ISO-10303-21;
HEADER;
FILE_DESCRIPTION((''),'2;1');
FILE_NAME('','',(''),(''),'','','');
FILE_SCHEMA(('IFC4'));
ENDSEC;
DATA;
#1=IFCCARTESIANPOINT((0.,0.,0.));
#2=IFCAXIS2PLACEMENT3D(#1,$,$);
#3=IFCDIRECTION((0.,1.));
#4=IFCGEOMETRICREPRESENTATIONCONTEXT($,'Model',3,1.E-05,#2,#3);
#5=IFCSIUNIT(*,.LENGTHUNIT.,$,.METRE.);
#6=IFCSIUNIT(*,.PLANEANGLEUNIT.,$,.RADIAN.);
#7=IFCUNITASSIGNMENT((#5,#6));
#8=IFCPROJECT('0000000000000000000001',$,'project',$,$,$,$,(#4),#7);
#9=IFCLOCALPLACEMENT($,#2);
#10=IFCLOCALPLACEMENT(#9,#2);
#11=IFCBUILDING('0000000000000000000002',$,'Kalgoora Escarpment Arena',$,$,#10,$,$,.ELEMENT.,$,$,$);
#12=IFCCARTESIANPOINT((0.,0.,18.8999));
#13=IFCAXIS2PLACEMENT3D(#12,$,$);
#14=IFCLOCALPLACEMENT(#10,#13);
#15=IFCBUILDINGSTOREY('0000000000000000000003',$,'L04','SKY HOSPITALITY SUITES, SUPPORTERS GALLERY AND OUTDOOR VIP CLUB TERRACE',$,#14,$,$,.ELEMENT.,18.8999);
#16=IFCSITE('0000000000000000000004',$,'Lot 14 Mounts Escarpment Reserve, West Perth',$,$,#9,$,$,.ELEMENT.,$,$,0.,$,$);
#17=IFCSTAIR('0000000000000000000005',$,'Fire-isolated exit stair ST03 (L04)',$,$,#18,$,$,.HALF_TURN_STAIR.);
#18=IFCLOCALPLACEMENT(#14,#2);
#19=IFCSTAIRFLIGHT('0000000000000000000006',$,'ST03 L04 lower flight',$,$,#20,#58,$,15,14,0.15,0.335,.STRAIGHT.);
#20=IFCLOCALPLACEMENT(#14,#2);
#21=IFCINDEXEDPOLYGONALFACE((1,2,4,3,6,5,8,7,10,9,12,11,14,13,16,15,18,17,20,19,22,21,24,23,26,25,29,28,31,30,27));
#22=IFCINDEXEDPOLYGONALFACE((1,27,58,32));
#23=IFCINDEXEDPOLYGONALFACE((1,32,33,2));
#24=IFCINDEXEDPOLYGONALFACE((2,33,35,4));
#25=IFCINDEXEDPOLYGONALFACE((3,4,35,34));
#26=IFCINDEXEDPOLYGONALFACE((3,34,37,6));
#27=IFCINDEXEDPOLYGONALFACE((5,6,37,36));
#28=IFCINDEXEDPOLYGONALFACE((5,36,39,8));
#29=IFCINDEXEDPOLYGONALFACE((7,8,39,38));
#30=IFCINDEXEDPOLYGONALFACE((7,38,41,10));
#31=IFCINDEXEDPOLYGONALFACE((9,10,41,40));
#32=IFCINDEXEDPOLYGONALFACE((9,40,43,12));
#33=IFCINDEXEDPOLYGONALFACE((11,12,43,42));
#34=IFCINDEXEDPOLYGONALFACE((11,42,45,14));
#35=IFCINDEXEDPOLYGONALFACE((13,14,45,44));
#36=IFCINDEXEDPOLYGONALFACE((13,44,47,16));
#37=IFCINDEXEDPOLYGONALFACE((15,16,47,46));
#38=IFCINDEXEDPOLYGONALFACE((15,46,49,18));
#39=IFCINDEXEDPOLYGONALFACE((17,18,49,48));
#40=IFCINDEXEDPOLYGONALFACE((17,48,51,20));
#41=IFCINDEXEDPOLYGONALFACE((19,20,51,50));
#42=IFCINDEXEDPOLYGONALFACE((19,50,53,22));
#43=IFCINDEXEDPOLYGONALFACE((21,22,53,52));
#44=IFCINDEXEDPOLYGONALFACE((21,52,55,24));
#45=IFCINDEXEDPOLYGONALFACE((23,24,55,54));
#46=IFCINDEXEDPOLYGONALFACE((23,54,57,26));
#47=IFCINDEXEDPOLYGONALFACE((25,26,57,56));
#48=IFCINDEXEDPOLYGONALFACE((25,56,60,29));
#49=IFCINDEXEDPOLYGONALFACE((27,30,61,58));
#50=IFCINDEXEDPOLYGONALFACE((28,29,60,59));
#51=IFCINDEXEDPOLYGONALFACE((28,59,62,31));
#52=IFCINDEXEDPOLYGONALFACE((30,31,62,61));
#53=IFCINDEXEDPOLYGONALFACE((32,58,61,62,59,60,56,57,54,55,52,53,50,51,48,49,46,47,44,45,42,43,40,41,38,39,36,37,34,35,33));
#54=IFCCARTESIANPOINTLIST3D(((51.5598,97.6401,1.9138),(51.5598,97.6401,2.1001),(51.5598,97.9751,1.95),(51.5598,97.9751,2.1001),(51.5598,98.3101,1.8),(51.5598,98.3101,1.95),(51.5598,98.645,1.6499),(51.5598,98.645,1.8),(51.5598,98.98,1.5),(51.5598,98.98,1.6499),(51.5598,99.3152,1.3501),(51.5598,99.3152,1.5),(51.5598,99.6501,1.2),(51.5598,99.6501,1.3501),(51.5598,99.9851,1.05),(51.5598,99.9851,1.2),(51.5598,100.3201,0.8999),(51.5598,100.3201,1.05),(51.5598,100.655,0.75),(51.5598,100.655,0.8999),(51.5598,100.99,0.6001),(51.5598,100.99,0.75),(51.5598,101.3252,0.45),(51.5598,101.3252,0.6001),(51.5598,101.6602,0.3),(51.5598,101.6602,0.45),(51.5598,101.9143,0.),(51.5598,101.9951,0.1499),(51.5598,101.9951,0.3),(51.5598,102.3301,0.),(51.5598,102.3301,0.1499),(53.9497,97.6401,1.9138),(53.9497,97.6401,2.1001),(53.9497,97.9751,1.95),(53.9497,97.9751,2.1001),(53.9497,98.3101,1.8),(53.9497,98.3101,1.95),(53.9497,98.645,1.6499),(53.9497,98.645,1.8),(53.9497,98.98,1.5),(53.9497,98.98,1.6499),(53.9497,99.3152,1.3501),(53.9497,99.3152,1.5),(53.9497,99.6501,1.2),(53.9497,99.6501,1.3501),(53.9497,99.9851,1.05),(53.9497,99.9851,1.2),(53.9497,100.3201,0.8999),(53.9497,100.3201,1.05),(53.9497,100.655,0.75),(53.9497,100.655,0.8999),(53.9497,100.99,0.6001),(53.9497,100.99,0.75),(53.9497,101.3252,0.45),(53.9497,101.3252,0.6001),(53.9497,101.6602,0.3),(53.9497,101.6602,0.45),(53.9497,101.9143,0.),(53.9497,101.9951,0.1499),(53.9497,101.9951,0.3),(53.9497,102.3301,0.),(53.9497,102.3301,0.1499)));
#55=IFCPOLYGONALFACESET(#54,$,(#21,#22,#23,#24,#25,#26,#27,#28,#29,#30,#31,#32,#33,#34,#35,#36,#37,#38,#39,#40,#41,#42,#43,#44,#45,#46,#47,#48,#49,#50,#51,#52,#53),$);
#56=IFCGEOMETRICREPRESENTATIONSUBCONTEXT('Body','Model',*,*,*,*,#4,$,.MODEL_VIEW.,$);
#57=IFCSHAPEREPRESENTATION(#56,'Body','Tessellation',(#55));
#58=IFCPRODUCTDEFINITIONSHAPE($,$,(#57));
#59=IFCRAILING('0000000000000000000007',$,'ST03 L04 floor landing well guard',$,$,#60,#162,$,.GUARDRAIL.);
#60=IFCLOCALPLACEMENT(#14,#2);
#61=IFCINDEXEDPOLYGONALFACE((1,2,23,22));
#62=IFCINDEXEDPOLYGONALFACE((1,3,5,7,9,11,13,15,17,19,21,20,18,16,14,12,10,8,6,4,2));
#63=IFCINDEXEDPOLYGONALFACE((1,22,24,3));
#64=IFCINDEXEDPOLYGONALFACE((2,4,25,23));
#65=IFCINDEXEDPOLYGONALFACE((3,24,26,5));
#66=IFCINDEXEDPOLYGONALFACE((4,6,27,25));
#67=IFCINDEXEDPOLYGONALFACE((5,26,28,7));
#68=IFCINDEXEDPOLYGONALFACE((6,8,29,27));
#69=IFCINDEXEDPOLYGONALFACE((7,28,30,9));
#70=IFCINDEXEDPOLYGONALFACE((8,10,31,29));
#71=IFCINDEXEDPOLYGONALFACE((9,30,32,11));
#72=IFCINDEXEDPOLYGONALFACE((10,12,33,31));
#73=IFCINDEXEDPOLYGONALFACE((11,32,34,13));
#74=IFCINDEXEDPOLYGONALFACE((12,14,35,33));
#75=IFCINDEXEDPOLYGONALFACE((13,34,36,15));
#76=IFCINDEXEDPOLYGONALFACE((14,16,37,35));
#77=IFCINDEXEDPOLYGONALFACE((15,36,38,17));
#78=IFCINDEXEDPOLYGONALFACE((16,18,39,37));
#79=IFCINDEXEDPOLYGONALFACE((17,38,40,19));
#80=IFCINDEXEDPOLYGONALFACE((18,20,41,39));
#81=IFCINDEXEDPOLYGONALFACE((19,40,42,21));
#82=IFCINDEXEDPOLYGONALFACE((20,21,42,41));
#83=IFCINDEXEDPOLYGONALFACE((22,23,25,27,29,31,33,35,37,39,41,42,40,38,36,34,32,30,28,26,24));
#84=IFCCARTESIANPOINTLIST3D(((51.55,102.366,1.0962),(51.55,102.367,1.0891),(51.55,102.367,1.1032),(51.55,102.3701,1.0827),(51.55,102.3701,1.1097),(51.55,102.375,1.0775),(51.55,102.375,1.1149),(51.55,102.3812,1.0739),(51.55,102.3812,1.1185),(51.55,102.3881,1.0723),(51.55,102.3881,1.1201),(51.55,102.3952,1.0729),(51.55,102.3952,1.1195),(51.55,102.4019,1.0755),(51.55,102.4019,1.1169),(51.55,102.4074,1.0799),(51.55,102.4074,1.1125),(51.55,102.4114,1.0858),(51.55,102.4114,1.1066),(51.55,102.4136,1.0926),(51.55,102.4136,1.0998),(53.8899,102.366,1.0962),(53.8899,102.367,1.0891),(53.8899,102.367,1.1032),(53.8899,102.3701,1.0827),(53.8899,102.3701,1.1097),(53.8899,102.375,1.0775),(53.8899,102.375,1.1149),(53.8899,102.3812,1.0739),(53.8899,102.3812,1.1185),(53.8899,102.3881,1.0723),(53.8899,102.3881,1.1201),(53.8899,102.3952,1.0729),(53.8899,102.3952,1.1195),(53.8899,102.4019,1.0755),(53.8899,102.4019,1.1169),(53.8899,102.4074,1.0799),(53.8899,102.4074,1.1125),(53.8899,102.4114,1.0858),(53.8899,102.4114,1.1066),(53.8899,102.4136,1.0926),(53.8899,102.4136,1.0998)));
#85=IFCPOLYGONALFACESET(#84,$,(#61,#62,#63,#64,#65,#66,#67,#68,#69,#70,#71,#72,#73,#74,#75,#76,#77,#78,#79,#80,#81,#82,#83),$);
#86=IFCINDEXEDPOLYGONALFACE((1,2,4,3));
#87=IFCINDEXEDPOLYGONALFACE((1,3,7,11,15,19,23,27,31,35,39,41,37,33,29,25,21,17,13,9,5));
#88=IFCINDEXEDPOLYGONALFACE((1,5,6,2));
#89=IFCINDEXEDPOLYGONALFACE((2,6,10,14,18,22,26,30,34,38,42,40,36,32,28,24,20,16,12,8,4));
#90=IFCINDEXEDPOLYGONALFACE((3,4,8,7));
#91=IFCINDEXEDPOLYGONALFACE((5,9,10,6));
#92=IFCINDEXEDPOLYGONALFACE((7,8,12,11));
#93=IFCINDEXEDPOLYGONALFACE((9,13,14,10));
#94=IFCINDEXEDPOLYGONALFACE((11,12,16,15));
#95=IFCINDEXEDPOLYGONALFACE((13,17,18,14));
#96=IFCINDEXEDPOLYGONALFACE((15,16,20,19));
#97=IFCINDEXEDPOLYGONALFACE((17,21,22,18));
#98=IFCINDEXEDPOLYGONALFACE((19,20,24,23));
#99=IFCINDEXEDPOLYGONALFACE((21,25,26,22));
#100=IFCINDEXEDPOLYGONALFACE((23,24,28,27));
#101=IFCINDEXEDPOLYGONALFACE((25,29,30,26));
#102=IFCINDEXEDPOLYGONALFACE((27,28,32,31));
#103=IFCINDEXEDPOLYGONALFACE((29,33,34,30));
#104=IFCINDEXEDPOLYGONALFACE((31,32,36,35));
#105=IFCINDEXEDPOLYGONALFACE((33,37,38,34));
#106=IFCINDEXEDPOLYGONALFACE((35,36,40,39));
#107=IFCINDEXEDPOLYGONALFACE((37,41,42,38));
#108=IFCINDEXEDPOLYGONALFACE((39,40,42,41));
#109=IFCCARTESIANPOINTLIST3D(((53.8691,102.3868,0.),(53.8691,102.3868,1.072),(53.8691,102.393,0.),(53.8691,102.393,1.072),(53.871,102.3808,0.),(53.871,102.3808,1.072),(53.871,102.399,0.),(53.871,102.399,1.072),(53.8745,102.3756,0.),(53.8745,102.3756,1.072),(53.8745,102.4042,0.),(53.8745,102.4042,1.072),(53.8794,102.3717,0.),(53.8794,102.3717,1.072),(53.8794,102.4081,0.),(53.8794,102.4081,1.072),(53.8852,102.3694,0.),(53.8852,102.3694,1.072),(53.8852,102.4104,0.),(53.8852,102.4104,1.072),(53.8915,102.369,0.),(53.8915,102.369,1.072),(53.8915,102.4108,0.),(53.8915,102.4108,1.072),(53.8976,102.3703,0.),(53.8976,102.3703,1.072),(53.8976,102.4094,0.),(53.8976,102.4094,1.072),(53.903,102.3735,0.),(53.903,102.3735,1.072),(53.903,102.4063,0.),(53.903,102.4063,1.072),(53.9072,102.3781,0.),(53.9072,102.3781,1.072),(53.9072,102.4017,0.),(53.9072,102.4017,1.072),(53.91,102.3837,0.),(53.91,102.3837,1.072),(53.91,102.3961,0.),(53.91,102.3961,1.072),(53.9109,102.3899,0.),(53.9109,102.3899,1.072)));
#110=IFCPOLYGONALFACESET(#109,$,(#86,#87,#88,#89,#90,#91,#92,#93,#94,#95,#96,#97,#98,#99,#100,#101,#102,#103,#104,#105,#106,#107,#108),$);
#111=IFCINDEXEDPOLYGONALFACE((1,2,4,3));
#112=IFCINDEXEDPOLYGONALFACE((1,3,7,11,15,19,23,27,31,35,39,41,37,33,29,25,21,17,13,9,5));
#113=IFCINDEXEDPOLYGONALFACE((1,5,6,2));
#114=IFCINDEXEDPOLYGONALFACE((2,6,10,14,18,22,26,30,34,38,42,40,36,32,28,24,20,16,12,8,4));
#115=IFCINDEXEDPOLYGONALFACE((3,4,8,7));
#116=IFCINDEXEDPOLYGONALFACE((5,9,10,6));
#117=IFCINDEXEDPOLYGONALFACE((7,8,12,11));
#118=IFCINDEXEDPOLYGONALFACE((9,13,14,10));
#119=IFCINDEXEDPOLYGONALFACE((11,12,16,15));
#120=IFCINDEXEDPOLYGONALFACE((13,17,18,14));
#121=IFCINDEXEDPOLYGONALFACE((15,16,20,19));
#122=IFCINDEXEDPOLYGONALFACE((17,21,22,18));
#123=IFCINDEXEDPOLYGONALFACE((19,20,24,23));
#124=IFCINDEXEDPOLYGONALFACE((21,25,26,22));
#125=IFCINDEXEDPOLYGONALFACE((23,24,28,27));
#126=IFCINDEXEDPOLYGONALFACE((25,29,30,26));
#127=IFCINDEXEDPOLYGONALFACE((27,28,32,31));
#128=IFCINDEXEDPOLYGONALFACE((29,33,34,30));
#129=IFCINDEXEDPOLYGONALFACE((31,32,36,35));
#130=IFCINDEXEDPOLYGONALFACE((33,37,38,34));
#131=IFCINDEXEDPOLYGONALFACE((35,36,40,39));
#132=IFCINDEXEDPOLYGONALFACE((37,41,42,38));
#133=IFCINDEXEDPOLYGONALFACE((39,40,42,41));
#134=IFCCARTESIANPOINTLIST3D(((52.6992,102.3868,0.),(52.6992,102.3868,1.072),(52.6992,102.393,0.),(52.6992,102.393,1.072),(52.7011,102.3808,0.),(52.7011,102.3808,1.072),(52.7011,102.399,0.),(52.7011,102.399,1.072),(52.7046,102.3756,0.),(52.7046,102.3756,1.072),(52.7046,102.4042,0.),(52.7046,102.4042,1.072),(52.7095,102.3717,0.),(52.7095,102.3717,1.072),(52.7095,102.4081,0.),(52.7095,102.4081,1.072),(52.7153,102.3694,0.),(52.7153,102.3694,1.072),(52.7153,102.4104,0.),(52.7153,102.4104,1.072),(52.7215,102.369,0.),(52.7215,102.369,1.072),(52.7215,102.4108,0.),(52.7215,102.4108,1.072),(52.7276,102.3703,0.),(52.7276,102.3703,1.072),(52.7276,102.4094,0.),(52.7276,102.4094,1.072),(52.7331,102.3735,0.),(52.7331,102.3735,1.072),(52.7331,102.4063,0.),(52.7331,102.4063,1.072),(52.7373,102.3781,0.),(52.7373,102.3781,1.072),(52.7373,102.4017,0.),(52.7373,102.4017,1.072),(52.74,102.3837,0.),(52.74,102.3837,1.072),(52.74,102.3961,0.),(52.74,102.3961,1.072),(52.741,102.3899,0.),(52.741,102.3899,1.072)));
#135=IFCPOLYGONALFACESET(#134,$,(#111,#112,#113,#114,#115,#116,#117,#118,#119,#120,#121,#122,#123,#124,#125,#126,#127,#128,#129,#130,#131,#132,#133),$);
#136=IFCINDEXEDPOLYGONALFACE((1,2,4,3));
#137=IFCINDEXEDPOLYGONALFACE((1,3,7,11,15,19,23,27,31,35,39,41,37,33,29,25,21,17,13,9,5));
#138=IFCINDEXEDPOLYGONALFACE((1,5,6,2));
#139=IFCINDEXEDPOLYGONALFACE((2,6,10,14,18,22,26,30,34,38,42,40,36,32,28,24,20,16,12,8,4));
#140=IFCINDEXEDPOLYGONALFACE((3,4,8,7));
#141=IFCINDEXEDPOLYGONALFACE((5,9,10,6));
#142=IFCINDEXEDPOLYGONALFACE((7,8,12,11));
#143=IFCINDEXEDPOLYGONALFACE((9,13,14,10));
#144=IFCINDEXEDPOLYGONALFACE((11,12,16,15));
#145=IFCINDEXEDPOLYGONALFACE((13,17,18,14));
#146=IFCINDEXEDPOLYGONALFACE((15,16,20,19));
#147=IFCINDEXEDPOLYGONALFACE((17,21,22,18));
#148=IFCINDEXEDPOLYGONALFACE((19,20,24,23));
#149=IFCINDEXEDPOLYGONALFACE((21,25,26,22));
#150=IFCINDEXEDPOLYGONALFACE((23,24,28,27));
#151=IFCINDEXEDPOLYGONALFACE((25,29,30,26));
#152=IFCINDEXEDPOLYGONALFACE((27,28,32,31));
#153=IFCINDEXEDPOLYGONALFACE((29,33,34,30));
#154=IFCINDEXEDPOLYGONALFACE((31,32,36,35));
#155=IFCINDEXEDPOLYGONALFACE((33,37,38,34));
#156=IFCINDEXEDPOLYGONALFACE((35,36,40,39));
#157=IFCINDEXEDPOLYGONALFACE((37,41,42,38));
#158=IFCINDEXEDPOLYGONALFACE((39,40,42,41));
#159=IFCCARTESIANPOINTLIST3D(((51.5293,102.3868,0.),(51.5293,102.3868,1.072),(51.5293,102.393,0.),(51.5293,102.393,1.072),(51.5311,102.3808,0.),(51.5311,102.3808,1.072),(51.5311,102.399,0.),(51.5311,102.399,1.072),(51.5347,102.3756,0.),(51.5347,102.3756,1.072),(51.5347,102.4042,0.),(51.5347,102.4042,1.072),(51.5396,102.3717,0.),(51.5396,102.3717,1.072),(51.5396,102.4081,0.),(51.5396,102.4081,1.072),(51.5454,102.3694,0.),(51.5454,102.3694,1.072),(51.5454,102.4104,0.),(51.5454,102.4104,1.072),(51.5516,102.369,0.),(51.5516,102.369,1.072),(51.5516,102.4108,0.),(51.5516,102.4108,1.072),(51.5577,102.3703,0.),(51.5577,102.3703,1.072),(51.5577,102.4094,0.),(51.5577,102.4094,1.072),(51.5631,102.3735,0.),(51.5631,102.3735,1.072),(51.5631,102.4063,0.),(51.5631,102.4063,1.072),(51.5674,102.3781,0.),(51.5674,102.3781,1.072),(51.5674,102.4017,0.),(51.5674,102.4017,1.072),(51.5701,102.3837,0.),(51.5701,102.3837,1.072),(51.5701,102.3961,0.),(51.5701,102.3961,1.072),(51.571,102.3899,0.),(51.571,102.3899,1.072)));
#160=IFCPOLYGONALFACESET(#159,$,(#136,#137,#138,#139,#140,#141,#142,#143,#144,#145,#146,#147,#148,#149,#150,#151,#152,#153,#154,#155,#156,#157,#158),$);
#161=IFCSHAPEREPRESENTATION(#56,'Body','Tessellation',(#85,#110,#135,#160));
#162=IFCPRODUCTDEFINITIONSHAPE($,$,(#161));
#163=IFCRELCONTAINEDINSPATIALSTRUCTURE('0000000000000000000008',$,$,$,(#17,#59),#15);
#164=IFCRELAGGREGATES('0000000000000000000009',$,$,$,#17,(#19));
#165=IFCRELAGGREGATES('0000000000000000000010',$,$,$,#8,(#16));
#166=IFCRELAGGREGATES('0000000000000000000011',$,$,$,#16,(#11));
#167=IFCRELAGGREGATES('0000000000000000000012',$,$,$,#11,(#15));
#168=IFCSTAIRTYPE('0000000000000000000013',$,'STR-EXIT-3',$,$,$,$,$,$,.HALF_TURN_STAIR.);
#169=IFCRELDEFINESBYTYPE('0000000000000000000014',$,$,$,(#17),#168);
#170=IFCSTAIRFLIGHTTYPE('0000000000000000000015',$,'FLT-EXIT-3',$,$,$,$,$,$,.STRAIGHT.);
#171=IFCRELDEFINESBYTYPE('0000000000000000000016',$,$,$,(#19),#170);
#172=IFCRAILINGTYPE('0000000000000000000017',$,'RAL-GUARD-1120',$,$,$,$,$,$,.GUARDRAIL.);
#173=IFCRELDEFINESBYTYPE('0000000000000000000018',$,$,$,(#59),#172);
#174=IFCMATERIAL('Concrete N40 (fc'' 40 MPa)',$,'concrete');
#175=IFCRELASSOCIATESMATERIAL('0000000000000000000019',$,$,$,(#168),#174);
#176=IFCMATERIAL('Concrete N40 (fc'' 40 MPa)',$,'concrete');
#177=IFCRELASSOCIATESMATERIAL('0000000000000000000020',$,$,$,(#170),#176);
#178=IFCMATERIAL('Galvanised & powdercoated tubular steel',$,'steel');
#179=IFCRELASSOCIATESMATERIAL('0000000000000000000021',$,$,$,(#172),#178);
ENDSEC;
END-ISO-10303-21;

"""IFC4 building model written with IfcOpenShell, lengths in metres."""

from ifc_helpers import new_model, si_unit, direction, frame, origin, origin_2d, place, context, subcontext, project, spatial, polyline, circle, outline, extrude, material, type_object, element, aggregate, save


model = new_model("IFC4")

# Units and contexts
model_context = context("Model", 3, precision=1e-05, world=origin(), true_north=direction((0.0, 1.0)))
body_context = subcontext(model_context, "Body", "Model", "MODEL_VIEW")
ifc_project = project(units=[si_unit("LENGTHUNIT", "METRE"), si_unit("PLANEANGLEUNIT", "RADIAN")], contexts=[model_context])

# Site, building, storey
site_placement = place(None, origin())
site = spatial("IfcSite", under=ifc_project, at=site_placement, Name="Lot 14 Mounts Escarpment Reserve, West Perth", CompositionType="ELEMENT", RefElevation=0.0)
building_placement = place(site_placement, origin())
building = spatial("IfcBuilding", under=site, at=building_placement, Name="Kalgoora Escarpment Arena", CompositionType="ELEMENT")
storey_placement = place(building_placement, frame((0.0, 0.0, 18.8999)))
storey = spatial("IfcBuildingStorey", under=building, at=storey_placement, Name="L04", Description="SKY HOSPITALITY SUITES, SUPPORTERS GALLERY AND OUTDOOR VIP CLUB TERRACE", CompositionType="ELEMENT", Elevation=18.8999)

# Stair, stair flight
ifc_material_1 = material(Name="Concrete N40 (fc' 40 MPa)", Category="concrete")
stair_type = type_object("IfcStairType", Name="STR-EXIT-3", PredefinedType="HALF_TURN_STAIR", material=ifc_material_1)
stair_placement = place(storey_placement, origin())
stair = element("IfcStair", 1, at=stair_placement, inside=storey, type_object=stair_type, Name="Fire-isolated exit stair ST03 (L04)", PredefinedType="HALF_TURN_STAIR")
ifc_material_2 = material(Name="Concrete N40 (fc' 40 MPa)", Category="concrete")
stair_flight_type = type_object("IfcStairFlightType", Name="FLT-EXIT-3", PredefinedType="STRAIGHT", material=ifc_material_2)
stair_flight_placement = place(storey_placement, frame((52.7549, 102.3301, 0.0), z_axis=(0.0, 0.0, 1.0), x_axis=(0.0, -1.0, 0.0)))
stair_flight = element("IfcStairFlight", 2, at=stair_flight_placement, type_object=stair_flight_type, Name="ST03 L04 lower flight", NumberOfRisers=15, NumberOfTreads=14, PredefinedType="STRAIGHT", RiserHeight=0.15, TreadLength=0.335, context=body_context, shape_type="SweptSolid", body=[
    extrude(outline(polyline([(0.0, 0.0), (0.0, 0.1499), (0.335, 0.1499), (0.335, 0.3), (0.6699, 0.3), (0.6699, 0.45), (1.0049, 0.45), (1.0049, 0.6001), (1.3401, 0.6001), (1.3401, 0.75), (1.675, 0.75), (1.675, 0.8999), (2.01, 0.8999), (2.01, 1.05), (2.345, 1.05), (2.345, 1.2), (2.6799, 1.2), (2.6799, 1.3501), (3.0149, 1.3501), (3.0149, 1.5), (3.3501, 1.5), (3.3501, 1.6499), (3.6851, 1.6499), (3.6851, 1.8), (4.02, 1.8), (4.02, 1.95), (4.355, 1.95), (4.355, 2.1001), (4.6899, 2.1001), (4.6899, 2.25), (4.6899, 1.9138), (0.4158, 0.0), (0.0, 0.0)])), frame((0.0, 1.1948, 0.0), z_axis=(0.0, -1.0, 0.0), x_axis=(1.0, 0.0, 0.0)), (0.0, 0.0, 1.0), 2.3899),
])
aggregate(stair, [stair_flight])

# Railing
ifc_material_3 = material(Name="Galvanised & powdercoated tubular steel", Category="steel")
railing_type_1 = type_object("IfcRailingType", Name="RAL-GUARD-1120", PredefinedType="GUARDRAIL", material=ifc_material_3)
railing_placement = place(storey_placement, frame((53.8899, 102.3899, 0.0)))
element("IfcRailing", 3, at=railing_placement, inside=storey, type_object=railing_type_1, Name="ST03 L04 floor landing well guard", PredefinedType="GUARDRAIL", context=body_context, shape_type="SweptSolid", body=[
    extrude(circle(Radius=0.0239, at=origin_2d()), frame((0.0, 0.0, 1.0962), z_axis=(-1.0, 0.0, 0.0), x_axis=(0.0, -1.0, 0.0)), (0.0, 0.0, 1.0), 2.3398),
    extrude(circle(Radius=0.021, at=origin_2d()), origin(), (0.0, 0.0, 1.0), 1.072),
    extrude(circle(Radius=0.021, at=origin_2d()), frame((-1.1699, 0.0, 0.0)), (0.0, 0.0, 1.0), 1.072),
    extrude(circle(Radius=0.021, at=origin_2d()), frame((-2.3398, 0.0, 0.0)), (0.0, 0.0, 1.0), 1.072),
])

save(model, "model.ifc")
